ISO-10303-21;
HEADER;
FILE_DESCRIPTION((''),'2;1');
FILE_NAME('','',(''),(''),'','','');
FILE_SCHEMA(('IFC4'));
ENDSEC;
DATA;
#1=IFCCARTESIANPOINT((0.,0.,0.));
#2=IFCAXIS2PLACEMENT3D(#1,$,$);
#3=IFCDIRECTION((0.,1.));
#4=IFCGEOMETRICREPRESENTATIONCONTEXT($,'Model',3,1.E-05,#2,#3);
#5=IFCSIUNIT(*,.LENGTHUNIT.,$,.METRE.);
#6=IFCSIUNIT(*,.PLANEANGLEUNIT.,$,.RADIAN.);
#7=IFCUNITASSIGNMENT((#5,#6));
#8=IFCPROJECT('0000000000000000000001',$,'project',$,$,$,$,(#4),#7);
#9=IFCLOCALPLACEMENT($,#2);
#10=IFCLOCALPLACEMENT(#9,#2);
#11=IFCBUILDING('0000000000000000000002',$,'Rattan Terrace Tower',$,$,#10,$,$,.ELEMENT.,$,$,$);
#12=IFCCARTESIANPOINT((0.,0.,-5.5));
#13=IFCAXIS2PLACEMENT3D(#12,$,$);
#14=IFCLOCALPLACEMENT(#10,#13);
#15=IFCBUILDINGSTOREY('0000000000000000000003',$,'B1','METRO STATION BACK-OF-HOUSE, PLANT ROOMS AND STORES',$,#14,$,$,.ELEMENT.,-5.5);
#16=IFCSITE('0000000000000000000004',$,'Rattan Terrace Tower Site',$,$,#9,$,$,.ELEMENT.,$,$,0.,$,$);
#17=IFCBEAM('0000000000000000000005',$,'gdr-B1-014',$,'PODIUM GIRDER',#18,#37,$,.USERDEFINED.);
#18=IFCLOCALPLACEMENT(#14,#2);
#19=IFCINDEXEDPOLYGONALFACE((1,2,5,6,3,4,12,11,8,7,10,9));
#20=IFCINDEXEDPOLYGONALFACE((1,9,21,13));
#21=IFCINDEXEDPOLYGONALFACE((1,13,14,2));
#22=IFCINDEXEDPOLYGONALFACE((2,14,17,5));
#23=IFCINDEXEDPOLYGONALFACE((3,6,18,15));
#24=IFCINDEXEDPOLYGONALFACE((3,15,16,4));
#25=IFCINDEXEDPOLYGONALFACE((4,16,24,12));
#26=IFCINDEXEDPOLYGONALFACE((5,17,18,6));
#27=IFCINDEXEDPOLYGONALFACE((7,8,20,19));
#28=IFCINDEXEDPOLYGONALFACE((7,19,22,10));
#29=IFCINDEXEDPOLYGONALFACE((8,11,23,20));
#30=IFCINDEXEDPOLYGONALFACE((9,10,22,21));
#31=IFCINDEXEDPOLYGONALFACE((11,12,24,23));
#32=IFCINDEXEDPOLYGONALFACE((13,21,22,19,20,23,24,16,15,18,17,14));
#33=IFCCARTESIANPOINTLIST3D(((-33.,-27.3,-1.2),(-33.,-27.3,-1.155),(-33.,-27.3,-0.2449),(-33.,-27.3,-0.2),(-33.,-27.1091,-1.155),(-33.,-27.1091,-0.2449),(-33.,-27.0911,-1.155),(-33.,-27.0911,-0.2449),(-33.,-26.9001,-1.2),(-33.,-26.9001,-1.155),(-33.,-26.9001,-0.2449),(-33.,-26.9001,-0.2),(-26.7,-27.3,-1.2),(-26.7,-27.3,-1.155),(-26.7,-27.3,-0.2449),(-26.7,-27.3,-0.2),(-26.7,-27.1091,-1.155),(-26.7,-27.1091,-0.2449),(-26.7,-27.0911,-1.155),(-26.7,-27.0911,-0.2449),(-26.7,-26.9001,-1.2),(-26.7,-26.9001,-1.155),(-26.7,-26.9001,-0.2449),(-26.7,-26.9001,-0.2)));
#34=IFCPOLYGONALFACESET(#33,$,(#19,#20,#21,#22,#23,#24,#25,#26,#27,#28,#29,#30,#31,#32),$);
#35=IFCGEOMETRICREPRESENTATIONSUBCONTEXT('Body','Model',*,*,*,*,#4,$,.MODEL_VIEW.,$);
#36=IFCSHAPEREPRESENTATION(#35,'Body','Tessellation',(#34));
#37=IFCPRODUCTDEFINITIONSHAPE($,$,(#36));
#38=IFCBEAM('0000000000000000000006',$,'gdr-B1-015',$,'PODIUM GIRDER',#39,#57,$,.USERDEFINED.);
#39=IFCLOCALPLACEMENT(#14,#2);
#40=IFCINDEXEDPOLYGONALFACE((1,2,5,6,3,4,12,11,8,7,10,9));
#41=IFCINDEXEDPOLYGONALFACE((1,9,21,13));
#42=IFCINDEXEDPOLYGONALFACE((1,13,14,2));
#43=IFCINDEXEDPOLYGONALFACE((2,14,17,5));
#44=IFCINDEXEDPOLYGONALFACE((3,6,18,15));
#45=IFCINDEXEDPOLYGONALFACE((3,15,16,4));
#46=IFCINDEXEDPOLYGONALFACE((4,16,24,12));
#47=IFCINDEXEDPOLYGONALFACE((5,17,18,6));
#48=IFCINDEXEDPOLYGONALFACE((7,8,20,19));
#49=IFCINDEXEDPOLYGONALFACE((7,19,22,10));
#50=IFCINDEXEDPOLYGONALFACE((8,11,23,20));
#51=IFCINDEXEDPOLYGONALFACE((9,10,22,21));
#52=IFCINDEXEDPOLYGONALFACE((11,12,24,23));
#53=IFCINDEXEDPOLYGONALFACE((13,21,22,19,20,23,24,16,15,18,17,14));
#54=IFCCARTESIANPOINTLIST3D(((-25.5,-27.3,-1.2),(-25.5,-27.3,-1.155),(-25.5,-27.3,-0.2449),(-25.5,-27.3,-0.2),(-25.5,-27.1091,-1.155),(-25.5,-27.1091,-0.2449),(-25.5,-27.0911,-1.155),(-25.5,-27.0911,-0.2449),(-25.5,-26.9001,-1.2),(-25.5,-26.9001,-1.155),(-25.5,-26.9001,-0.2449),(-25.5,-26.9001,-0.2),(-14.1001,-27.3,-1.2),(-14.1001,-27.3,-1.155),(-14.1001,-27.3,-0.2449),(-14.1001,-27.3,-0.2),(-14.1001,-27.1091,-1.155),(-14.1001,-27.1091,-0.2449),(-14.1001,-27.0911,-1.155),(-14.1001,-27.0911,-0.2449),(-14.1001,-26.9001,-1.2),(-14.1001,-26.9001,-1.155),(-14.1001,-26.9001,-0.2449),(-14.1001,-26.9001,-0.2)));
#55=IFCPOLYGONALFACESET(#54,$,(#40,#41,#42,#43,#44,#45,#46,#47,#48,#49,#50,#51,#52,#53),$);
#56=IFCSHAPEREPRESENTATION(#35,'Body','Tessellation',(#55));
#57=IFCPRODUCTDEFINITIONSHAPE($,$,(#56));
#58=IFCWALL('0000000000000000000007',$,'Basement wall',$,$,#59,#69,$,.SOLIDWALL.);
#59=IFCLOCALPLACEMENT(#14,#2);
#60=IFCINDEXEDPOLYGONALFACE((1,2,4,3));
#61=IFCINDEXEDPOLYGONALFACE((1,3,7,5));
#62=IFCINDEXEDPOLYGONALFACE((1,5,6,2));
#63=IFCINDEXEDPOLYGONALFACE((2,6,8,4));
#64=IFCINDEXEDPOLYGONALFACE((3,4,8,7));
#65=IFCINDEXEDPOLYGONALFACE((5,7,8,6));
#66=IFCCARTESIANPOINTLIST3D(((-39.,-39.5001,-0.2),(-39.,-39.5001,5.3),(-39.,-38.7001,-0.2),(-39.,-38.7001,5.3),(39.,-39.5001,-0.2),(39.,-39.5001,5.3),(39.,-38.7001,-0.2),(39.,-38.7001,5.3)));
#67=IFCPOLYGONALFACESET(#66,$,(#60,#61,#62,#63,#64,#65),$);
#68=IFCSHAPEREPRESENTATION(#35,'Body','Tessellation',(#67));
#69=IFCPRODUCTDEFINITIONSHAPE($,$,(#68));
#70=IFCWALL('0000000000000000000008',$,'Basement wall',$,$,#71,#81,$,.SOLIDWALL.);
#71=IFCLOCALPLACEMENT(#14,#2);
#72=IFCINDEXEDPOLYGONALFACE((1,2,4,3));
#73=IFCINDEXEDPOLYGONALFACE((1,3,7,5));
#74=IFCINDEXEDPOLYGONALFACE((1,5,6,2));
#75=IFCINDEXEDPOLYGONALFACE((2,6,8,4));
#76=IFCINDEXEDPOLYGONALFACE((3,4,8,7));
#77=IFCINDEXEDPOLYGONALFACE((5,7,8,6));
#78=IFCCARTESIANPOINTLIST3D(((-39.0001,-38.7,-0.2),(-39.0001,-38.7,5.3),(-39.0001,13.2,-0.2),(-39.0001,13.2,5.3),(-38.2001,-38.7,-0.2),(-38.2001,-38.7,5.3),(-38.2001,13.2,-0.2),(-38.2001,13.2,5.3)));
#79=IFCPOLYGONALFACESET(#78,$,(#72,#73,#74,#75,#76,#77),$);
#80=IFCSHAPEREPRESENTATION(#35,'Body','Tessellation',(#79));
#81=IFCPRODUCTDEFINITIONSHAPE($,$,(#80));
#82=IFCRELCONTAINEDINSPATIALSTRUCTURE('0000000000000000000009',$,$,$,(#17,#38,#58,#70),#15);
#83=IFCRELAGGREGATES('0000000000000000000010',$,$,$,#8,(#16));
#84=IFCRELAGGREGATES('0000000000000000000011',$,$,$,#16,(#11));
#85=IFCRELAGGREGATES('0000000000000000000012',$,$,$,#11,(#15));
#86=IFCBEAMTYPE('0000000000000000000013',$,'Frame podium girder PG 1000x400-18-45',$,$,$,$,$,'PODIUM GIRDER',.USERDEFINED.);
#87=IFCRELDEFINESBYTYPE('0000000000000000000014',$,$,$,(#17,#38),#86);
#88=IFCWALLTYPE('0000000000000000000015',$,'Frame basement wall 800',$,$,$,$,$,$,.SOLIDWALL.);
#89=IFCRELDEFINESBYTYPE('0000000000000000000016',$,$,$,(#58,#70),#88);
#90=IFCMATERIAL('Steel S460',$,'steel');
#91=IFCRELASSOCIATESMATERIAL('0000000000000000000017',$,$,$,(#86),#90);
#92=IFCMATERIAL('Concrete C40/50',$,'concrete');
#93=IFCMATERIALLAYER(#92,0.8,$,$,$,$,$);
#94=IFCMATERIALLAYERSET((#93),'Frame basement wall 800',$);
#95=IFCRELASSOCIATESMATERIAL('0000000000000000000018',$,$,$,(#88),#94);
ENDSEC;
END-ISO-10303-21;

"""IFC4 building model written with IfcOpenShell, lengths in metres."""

from ifc_helpers import new_model, si_unit, direction, frame, frame_2d, origin, origin_2d, place, context, subcontext, project, spatial, rectangle, i_section, extrude, material, layer, layer_set, material_profile, profile_set, type_object, element, save


model = new_model("IFC4")

# Units and contexts
model_context = context("Model", 3, precision=1e-05, world=origin(), true_north=direction((0.0, 1.0)))
body_context = subcontext(model_context, "Body", "Model", "MODEL_VIEW")
ifc_project = project(units=[si_unit("LENGTHUNIT", "METRE"), si_unit("PLANEANGLEUNIT", "RADIAN")], contexts=[model_context])

# Site, building, storey
site_placement = place(None, origin())
site = spatial("IfcSite", under=ifc_project, at=site_placement, Name="Rattan Terrace Tower Site", CompositionType="ELEMENT", RefElevation=0.0)
building_placement = place(site_placement, origin())
building = spatial("IfcBuilding", under=site, at=building_placement, Name="Rattan Terrace Tower", CompositionType="ELEMENT")
storey_placement = place(building_placement, frame((0.0, 0.0, -5.5)))
storey = spatial("IfcBuildingStorey", under=building, at=storey_placement, Name="B1", Description="METRO STATION BACK-OF-HOUSE, PLANT ROOMS AND STORES", CompositionType="ELEMENT", Elevation=-5.5)

# Beams
ifc_material_1 = material(Name="Steel S460", Category="steel")
ifc_material_profile_1 = material_profile(ifc_material_1, i_section(OverallWidth=0.3999, OverallDepth=1.0, WebThickness=0.0181, FlangeThickness=0.0449, at=origin_2d()), Name="PG 1000x400-18-45")
ifc_profile_set_1 = profile_set([ifc_material_profile_1], Name="Steel S460")
beam_type_1 = type_object("IfcBeamType", Name="Frame podium girder PG 1000x400-18-45", ElementType="PODIUM GIRDER", PredefinedType="USERDEFINED", material=ifc_profile_set_1)
for number, where, z_axis, x_axis, name in (
    (1, (-33.0, -27.1001, -0.7), (1.0, 0.0, 0.0), (0.0, 1.0, 0.0), "gdr-B1-014"),
):
    element("IfcBeam", number, at=place(storey_placement, frame(where, z_axis=z_axis, x_axis=x_axis)), inside=storey, type_object=beam_type_1, Name=name, ObjectType="PODIUM GIRDER", PredefinedType="USERDEFINED", context=body_context, shape_type="SweptSolid", body=[
        extrude(i_section(OverallWidth=0.3999, OverallDepth=1.0, WebThickness=0.0181, FlangeThickness=0.0449, at=origin_2d()), origin(), (0.0, 0.0, 1.0), 6.3),
    ])
beam_1_placement = place(storey_placement, frame((-25.5, -27.1001, -0.7), z_axis=(1.0, 0.0, 0.0), x_axis=(0.0, 1.0, 0.0)))
element("IfcBeam", 2, at=beam_1_placement, inside=storey, type_object=beam_type_1, Name="gdr-B1-015", ObjectType="PODIUM GIRDER", PredefinedType="USERDEFINED", context=body_context, shape_type="SweptSolid", body=[
    extrude(i_section(OverallWidth=0.3999, OverallDepth=1.0, WebThickness=0.0181, FlangeThickness=0.0449, at=origin_2d()), origin(), (0.0, 0.0, 1.0), 11.3999),
])

# Walls
ifc_material_2 = material(Name="Concrete C40/50", Category="concrete")
ifc_layer = layer(ifc_material_2, 0.8)
ifc_layer_set = layer_set([ifc_layer], Name="Frame basement wall 800")
wall_type = type_object("IfcWallType", Name="Frame basement wall 800", PredefinedType="SOLIDWALL", material=ifc_layer_set)
wall_1_placement = place(storey_placement, frame((-39.0, -39.1001, -0.2), z_axis=(0.0, 0.0, 1.0), x_axis=(1.0, 0.0, 0.0)))
element("IfcWall", 3, at=wall_1_placement, inside=storey, type_object=wall_type, Name="Basement wall", PredefinedType="SOLIDWALL", context=body_context, shape_type="SweptSolid", body=[
    extrude(rectangle(XDim=78.0, YDim=0.8, at=frame_2d((39.0, 0.0))), origin(), (0.0, 0.0, 1.0), 5.5),
])
wall_2_placement = place(storey_placement, frame((-38.6001, -38.7, -0.2), z_axis=(0.0, 0.0, 1.0), x_axis=(0.0, 1.0, 0.0)))
element("IfcWall", 4, at=wall_2_placement, inside=storey, type_object=wall_type, Name="Basement wall", PredefinedType="SOLIDWALL", context=body_context, shape_type="SweptSolid", body=[
    extrude(rectangle(XDim=51.8999, YDim=0.8, at=frame_2d((25.95, 0.0))), origin(), (0.0, 0.0, 1.0), 5.5),
])

save(model, "model.ifc")
